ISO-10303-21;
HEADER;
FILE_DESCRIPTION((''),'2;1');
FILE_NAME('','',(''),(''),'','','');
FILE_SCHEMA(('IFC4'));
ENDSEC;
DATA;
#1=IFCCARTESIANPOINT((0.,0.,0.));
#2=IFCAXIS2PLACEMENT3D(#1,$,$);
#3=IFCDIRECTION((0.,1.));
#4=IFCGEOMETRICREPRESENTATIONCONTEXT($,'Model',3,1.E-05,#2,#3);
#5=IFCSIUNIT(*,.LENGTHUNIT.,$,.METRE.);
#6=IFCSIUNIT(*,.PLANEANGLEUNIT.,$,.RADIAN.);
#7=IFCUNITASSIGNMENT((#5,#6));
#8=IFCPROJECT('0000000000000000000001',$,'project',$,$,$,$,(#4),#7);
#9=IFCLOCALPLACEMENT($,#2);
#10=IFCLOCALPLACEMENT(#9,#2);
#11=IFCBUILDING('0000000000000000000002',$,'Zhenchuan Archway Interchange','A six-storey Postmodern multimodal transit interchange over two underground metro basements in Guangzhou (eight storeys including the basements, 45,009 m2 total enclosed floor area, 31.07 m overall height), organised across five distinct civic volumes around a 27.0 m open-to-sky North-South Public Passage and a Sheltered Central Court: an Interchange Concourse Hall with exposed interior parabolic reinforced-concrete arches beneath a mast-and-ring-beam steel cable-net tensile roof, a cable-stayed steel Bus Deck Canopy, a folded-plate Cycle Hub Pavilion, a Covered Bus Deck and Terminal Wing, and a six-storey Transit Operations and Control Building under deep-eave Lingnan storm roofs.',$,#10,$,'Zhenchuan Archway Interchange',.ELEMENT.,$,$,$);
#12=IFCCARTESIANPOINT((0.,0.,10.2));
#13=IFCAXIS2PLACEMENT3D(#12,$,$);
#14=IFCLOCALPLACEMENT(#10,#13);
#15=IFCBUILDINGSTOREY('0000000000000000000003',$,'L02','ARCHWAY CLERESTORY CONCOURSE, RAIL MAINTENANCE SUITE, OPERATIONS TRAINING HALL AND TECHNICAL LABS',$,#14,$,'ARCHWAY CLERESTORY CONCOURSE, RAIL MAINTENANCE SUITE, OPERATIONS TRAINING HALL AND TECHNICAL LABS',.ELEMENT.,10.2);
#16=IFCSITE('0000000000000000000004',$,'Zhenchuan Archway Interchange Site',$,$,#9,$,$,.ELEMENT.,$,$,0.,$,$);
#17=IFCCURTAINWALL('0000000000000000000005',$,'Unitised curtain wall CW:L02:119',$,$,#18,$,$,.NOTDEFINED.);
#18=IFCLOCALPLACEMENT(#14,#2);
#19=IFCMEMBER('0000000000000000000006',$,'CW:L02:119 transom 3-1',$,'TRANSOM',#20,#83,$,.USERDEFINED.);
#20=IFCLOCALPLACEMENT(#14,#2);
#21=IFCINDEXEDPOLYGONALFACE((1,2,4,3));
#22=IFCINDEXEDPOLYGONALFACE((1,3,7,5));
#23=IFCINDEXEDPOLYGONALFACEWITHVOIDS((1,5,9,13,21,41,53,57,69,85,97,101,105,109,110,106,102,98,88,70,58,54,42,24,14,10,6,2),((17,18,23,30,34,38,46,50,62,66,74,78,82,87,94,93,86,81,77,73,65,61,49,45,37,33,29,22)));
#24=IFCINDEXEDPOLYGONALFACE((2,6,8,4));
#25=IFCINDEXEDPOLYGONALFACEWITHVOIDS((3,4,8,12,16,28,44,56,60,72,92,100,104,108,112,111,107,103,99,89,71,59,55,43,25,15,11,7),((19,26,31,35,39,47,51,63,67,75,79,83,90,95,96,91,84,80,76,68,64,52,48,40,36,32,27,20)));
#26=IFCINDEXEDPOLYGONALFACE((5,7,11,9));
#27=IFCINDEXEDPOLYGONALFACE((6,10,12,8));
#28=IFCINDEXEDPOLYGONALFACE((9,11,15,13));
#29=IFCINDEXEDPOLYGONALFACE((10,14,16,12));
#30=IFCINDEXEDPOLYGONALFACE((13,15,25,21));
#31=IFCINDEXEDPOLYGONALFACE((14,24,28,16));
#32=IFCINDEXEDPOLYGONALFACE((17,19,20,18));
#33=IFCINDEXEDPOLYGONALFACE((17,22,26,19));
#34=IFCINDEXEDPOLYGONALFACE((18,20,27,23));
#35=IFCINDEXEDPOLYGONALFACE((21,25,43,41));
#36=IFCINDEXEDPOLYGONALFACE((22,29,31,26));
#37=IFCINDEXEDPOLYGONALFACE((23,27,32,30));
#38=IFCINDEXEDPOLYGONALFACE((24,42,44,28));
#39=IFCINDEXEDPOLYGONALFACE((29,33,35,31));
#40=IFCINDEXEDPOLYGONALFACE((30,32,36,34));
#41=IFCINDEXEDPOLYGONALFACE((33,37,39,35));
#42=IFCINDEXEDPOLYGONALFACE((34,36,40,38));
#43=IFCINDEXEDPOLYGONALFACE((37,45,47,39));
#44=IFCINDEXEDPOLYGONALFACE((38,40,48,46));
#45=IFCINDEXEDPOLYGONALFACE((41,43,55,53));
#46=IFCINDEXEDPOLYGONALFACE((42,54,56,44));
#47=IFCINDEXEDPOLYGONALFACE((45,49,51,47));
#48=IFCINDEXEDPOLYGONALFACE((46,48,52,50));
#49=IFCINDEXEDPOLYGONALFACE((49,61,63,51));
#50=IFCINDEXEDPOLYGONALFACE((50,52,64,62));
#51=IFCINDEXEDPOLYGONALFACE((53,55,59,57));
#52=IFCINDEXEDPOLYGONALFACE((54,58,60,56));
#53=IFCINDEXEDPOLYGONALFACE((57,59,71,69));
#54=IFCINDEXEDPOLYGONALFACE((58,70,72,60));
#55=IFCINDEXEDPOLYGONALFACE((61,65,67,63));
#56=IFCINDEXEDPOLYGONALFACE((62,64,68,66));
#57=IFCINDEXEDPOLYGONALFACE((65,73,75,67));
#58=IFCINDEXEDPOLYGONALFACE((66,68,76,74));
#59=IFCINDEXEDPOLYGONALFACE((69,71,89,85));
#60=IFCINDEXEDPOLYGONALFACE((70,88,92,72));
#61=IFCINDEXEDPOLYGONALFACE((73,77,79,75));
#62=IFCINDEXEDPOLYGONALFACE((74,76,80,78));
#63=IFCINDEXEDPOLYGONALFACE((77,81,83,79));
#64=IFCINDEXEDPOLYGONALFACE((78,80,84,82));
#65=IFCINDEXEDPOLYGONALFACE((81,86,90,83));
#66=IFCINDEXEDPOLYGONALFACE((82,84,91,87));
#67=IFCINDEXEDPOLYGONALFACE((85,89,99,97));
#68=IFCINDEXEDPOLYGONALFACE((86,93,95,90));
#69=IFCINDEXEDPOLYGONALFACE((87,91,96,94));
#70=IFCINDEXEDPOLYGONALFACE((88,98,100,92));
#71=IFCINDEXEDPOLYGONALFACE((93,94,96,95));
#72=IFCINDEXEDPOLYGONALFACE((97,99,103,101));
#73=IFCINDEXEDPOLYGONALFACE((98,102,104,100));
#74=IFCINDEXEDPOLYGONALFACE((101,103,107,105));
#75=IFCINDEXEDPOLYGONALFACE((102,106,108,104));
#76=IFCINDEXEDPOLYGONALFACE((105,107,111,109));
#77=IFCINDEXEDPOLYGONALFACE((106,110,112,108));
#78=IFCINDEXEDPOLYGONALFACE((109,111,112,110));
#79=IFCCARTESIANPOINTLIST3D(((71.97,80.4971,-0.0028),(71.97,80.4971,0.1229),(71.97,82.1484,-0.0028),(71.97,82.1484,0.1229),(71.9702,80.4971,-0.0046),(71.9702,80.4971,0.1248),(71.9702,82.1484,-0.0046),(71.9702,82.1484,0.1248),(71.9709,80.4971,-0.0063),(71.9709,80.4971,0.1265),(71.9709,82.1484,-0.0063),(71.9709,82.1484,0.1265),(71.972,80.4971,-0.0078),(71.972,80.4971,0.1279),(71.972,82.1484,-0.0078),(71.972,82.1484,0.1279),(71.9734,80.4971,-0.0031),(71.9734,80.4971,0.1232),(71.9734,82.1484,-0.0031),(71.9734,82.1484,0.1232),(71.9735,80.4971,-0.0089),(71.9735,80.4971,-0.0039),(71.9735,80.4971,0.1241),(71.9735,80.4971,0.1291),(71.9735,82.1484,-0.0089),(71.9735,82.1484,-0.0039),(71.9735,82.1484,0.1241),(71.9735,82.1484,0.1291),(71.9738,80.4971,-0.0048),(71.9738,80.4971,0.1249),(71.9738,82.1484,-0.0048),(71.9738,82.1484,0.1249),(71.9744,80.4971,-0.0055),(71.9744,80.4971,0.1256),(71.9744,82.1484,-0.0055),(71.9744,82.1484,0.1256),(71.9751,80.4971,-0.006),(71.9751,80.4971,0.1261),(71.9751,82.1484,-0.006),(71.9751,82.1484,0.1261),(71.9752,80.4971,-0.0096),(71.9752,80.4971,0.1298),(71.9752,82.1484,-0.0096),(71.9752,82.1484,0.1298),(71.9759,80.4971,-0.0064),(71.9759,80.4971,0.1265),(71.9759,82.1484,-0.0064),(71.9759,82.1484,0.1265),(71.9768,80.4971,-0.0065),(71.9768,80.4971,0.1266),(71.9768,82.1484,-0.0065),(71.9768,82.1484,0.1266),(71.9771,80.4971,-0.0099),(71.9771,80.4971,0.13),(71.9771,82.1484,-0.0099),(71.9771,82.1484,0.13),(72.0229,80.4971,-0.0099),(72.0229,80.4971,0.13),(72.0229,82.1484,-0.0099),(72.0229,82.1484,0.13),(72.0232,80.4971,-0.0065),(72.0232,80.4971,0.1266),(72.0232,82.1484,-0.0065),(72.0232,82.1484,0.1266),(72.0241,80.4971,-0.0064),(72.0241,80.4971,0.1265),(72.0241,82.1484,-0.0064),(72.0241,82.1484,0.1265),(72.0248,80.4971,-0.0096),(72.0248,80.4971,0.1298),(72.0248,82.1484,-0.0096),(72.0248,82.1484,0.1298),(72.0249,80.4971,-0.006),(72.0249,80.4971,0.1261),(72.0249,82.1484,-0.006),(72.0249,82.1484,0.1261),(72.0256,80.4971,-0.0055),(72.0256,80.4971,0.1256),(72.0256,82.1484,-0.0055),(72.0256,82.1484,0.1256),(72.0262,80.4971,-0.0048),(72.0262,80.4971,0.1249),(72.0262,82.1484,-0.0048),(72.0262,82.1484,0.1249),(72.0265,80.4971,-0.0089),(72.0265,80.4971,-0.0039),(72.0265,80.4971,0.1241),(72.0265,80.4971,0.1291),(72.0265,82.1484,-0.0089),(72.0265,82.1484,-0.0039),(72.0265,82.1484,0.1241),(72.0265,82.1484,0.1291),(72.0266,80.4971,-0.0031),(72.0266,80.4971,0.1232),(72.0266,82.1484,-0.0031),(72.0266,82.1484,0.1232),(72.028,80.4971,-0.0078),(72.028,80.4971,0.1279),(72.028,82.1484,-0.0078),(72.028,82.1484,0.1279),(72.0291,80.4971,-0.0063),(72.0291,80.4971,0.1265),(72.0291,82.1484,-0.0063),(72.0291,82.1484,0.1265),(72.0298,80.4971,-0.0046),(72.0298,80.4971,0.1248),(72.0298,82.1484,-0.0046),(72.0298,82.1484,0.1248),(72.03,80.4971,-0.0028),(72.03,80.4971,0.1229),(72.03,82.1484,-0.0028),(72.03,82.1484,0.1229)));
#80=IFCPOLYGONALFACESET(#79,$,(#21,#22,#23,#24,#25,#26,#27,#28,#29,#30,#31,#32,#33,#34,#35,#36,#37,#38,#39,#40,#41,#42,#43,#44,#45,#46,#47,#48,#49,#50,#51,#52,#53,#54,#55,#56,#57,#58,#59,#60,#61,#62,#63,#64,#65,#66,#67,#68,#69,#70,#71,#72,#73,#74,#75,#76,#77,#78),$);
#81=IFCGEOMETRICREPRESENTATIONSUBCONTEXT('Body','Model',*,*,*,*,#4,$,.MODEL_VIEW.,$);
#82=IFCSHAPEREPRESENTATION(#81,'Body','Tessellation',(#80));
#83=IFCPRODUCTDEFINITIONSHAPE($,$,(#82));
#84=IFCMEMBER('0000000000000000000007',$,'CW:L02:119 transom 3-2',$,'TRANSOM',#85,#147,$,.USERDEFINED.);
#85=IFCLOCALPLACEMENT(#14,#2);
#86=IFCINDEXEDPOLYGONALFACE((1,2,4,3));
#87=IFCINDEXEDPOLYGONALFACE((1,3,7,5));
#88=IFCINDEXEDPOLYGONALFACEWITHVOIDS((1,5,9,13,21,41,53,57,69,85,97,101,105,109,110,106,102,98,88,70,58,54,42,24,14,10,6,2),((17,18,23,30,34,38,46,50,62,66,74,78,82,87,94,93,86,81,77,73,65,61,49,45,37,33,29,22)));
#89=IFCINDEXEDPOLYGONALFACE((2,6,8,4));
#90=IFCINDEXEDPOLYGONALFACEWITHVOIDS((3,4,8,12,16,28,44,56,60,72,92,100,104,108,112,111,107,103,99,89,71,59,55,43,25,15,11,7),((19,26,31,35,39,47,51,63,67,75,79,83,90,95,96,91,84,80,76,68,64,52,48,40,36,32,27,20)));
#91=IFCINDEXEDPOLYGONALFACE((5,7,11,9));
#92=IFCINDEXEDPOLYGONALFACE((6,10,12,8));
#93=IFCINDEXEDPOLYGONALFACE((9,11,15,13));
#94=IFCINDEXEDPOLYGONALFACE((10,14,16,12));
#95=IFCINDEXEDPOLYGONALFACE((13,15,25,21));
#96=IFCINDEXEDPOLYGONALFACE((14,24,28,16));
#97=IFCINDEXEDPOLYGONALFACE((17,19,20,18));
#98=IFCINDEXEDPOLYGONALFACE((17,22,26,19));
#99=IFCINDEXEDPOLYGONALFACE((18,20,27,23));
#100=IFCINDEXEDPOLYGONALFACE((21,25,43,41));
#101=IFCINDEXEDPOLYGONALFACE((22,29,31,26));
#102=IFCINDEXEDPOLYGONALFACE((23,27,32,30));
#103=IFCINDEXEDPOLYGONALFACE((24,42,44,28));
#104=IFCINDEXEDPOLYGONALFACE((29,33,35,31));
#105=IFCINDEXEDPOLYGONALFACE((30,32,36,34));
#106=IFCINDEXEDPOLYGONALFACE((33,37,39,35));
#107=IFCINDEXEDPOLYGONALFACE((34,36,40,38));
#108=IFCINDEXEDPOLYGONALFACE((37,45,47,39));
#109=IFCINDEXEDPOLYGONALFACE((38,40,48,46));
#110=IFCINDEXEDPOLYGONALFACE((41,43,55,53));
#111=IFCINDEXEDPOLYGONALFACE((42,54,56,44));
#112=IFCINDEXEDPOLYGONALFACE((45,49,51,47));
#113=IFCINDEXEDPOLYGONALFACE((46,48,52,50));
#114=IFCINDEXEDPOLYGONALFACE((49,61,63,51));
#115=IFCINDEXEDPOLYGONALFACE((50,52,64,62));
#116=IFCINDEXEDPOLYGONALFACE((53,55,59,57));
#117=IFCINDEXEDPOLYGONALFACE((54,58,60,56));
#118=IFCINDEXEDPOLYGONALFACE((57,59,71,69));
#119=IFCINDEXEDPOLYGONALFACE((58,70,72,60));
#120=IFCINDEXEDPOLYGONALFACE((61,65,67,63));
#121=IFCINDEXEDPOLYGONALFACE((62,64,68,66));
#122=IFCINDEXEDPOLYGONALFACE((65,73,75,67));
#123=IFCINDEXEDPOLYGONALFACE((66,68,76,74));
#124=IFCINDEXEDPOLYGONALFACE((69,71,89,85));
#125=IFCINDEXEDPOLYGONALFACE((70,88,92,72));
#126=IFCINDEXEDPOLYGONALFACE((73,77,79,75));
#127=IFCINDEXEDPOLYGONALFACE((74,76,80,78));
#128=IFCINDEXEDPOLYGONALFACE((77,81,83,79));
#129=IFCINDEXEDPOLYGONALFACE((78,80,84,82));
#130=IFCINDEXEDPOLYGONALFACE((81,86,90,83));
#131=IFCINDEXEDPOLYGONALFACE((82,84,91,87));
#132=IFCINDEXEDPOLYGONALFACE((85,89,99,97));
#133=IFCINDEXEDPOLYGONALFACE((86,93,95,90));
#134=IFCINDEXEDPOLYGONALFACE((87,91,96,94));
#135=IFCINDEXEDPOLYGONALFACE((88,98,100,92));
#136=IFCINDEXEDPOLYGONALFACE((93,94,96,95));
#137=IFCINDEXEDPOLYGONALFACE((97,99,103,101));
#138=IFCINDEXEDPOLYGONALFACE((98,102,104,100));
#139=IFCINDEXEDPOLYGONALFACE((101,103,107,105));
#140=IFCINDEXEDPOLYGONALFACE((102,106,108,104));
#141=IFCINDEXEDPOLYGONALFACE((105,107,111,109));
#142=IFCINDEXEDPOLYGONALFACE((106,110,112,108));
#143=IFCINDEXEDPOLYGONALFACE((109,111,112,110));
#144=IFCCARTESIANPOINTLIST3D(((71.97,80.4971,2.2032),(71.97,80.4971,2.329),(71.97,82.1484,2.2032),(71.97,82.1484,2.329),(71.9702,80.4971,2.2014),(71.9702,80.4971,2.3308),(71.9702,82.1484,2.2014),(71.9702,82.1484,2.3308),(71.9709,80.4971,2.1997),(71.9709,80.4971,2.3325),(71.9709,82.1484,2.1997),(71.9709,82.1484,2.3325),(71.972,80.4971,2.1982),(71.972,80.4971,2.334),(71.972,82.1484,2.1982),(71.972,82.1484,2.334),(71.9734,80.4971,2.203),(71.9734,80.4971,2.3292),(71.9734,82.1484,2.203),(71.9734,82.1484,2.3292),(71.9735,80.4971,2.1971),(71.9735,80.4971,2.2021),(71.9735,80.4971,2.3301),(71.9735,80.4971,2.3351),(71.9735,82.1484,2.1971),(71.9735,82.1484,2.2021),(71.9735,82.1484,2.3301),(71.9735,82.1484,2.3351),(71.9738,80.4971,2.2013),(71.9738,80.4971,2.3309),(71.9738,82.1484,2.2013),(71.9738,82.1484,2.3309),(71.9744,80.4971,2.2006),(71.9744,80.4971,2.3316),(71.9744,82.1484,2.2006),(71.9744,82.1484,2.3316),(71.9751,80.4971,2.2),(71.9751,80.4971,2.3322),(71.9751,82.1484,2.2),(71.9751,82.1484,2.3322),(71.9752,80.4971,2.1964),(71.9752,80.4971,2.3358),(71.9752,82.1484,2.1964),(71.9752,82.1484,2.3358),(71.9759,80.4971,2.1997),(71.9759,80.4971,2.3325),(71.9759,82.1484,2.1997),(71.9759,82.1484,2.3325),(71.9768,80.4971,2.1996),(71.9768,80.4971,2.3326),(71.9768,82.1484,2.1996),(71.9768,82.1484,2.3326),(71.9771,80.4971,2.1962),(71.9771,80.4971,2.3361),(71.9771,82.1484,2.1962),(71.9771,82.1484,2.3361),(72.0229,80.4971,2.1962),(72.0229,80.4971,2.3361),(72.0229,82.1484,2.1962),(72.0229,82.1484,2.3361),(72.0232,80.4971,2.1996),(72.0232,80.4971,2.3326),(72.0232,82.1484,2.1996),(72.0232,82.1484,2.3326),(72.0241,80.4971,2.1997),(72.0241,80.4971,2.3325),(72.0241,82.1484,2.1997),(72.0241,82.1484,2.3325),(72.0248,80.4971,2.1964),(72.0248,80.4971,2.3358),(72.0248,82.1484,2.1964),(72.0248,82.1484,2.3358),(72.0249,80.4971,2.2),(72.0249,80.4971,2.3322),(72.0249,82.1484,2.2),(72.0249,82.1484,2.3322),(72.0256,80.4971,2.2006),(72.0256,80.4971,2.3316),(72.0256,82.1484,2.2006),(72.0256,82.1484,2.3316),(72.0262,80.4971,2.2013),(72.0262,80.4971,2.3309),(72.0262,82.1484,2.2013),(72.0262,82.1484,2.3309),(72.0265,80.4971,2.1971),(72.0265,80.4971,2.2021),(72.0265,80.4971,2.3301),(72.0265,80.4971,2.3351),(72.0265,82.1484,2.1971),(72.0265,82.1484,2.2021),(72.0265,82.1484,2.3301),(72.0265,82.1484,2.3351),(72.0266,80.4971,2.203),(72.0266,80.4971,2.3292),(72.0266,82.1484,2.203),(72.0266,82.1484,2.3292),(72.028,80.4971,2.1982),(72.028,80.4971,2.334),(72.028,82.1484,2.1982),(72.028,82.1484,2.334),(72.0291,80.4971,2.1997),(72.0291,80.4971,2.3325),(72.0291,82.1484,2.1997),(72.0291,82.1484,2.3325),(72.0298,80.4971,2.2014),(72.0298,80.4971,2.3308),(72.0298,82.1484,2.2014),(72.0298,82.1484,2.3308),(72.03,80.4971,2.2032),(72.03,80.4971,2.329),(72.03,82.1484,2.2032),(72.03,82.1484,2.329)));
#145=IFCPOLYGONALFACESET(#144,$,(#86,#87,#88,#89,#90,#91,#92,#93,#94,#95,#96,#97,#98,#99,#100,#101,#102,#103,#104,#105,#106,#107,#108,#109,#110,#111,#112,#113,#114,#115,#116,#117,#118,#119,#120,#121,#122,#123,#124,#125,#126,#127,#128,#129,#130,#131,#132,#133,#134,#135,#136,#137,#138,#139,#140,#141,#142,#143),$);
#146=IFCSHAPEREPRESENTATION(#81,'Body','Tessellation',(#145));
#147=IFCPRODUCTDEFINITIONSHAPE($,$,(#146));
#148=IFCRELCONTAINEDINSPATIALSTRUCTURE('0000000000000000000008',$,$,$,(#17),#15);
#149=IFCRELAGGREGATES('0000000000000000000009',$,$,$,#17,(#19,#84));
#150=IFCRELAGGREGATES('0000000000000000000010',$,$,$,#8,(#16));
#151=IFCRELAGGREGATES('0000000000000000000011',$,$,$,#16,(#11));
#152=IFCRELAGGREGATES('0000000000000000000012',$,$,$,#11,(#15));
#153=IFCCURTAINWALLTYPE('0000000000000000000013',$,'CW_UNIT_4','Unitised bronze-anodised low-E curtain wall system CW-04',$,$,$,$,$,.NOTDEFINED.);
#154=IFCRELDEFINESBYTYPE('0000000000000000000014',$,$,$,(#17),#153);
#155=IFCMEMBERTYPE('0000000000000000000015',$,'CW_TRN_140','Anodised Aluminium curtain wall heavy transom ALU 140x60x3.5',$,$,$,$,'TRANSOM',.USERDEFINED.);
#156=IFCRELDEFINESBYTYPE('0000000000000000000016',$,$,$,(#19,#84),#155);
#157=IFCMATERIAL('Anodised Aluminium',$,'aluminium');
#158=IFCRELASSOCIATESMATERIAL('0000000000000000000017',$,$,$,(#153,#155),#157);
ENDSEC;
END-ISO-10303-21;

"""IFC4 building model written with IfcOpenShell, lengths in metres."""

from ifc_helpers import new_model, si_unit, direction, frame, origin, origin_2d, place, context, subcontext, project, spatial, hollow_rectangle, extrude, material, material_profile, profile_set, type_object, element, aggregate, save


model = new_model("IFC4")

# Units and contexts
model_context = context("Model", 3, precision=1e-05, world=origin(), true_north=direction((0.0, 1.0)))
body_context = subcontext(model_context, "Body", "Model", "MODEL_VIEW")
ifc_project = project(units=[si_unit("LENGTHUNIT", "METRE"), si_unit("PLANEANGLEUNIT", "RADIAN")], contexts=[model_context])

# Site, building, storey
site_placement = place(None, origin())
site = spatial("IfcSite", under=ifc_project, at=site_placement, Name="Zhenchuan Archway Interchange Site", CompositionType="ELEMENT", RefElevation=0.0)
building_placement = place(site_placement, origin())
building = spatial("IfcBuilding", under=site, at=building_placement, Name="Zhenchuan Archway Interchange", Description="A six-storey Postmodern multimodal transit interchange over two underground metro basements in Guangzhou (eight storeys including the basements, 45,009 m2 total enclosed floor area, 31.07 m overall height), organised across five distinct civic volumes around a 27.0 m open-to-sky North-South Public Passage and a Sheltered Central Court: an Interchange Concourse Hall with exposed interior parabolic reinforced-concrete arches beneath a mast-and-ring-beam steel cable-net tensile roof, a cable-stayed steel Bus Deck Canopy, a folded-plate Cycle Hub Pavilion, a Covered Bus Deck and Terminal Wing, and a six-storey Transit Operations and Control Building under deep-eave Lingnan storm roofs.", LongName="Zhenchuan Archway Interchange", CompositionType="ELEMENT")
storey_placement = place(building_placement, frame((0.0, 0.0, 10.2)))
storey = spatial("IfcBuildingStorey", under=building, at=storey_placement, Name="L02", Description="ARCHWAY CLERESTORY CONCOURSE, RAIL MAINTENANCE SUITE, OPERATIONS TRAINING HALL AND TECHNICAL LABS", LongName="ARCHWAY CLERESTORY CONCOURSE, RAIL MAINTENANCE SUITE, OPERATIONS TRAINING HALL AND TECHNICAL LABS", CompositionType="ELEMENT", Elevation=10.2)

# Curtain wall, members
ifc_material_1 = material(Name="Anodised Aluminium", Category="aluminium")
curtain_wall_type = type_object("IfcCurtainWallType", Name="CW_UNIT_4", Description="Unitised bronze-anodised low-E curtain wall system CW-04", PredefinedType="NOTDEFINED", material=ifc_material_1)
curtain_wall_placement = place(storey_placement, origin())
curtain_wall = element("IfcCurtainWall", 1, at=curtain_wall_placement, inside=storey, type_object=curtain_wall_type, Name="Unitised curtain wall CW:L02:119", PredefinedType="NOTDEFINED")
ifc_material_profile_1 = material_profile(ifc_material_1, hollow_rectangle(XDim=0.0601, YDim=0.1399, WallThickness=0.0034, InnerFilletRadius=0.0034, OuterFilletRadius=0.0071, at=origin_2d()), Name="ALU 140x60x3.5")
ifc_profile_set_1 = profile_set([ifc_material_profile_1], Name="Anodised Aluminium")
member_type_1 = type_object("IfcMemberType", Name="CW_TRN_140", Description="Anodised Aluminium curtain wall heavy transom ALU 140x60x3.5", ElementType="TRANSOM", PredefinedType="USERDEFINED", material=ifc_profile_set_1)
member_1_placement = place(storey_placement, frame((72.0, 82.1484, 0.0601), z_axis=(0.0, -1.0, 0.0), x_axis=(1.0, 0.0, 0.0)))
member_1 = element("IfcMember", 2, at=member_1_placement, type_object=member_type_1, Name="CW:L02:119 transom 3-1", ObjectType="TRANSOM", PredefinedType="USERDEFINED", context=body_context, shape_type="SweptSolid", body=[
    extrude(hollow_rectangle(XDim=0.0601, YDim=0.1399, WallThickness=0.0034, InnerFilletRadius=0.0034, OuterFilletRadius=0.0071, at=origin_2d()), origin(), (0.0, 0.0, 1.0), 1.6514),
])
member_2_placement = place(storey_placement, frame((72.0, 82.1484, 2.2661), z_axis=(0.0, -1.0, 0.0), x_axis=(1.0, 0.0, 0.0)))
member_2 = element("IfcMember", 3, at=member_2_placement, type_object=member_type_1, Name="CW:L02:119 transom 3-2", ObjectType="TRANSOM", PredefinedType="USERDEFINED", context=body_context, shape_type="SweptSolid", body=[
    extrude(hollow_rectangle(XDim=0.0601, YDim=0.1399, WallThickness=0.0034, InnerFilletRadius=0.0034, OuterFilletRadius=0.0071, at=origin_2d()), origin(), (0.0, 0.0, 1.0), 1.6514),
])
aggregate(curtain_wall, [member_1, member_2])

save(model, "model.ifc")
